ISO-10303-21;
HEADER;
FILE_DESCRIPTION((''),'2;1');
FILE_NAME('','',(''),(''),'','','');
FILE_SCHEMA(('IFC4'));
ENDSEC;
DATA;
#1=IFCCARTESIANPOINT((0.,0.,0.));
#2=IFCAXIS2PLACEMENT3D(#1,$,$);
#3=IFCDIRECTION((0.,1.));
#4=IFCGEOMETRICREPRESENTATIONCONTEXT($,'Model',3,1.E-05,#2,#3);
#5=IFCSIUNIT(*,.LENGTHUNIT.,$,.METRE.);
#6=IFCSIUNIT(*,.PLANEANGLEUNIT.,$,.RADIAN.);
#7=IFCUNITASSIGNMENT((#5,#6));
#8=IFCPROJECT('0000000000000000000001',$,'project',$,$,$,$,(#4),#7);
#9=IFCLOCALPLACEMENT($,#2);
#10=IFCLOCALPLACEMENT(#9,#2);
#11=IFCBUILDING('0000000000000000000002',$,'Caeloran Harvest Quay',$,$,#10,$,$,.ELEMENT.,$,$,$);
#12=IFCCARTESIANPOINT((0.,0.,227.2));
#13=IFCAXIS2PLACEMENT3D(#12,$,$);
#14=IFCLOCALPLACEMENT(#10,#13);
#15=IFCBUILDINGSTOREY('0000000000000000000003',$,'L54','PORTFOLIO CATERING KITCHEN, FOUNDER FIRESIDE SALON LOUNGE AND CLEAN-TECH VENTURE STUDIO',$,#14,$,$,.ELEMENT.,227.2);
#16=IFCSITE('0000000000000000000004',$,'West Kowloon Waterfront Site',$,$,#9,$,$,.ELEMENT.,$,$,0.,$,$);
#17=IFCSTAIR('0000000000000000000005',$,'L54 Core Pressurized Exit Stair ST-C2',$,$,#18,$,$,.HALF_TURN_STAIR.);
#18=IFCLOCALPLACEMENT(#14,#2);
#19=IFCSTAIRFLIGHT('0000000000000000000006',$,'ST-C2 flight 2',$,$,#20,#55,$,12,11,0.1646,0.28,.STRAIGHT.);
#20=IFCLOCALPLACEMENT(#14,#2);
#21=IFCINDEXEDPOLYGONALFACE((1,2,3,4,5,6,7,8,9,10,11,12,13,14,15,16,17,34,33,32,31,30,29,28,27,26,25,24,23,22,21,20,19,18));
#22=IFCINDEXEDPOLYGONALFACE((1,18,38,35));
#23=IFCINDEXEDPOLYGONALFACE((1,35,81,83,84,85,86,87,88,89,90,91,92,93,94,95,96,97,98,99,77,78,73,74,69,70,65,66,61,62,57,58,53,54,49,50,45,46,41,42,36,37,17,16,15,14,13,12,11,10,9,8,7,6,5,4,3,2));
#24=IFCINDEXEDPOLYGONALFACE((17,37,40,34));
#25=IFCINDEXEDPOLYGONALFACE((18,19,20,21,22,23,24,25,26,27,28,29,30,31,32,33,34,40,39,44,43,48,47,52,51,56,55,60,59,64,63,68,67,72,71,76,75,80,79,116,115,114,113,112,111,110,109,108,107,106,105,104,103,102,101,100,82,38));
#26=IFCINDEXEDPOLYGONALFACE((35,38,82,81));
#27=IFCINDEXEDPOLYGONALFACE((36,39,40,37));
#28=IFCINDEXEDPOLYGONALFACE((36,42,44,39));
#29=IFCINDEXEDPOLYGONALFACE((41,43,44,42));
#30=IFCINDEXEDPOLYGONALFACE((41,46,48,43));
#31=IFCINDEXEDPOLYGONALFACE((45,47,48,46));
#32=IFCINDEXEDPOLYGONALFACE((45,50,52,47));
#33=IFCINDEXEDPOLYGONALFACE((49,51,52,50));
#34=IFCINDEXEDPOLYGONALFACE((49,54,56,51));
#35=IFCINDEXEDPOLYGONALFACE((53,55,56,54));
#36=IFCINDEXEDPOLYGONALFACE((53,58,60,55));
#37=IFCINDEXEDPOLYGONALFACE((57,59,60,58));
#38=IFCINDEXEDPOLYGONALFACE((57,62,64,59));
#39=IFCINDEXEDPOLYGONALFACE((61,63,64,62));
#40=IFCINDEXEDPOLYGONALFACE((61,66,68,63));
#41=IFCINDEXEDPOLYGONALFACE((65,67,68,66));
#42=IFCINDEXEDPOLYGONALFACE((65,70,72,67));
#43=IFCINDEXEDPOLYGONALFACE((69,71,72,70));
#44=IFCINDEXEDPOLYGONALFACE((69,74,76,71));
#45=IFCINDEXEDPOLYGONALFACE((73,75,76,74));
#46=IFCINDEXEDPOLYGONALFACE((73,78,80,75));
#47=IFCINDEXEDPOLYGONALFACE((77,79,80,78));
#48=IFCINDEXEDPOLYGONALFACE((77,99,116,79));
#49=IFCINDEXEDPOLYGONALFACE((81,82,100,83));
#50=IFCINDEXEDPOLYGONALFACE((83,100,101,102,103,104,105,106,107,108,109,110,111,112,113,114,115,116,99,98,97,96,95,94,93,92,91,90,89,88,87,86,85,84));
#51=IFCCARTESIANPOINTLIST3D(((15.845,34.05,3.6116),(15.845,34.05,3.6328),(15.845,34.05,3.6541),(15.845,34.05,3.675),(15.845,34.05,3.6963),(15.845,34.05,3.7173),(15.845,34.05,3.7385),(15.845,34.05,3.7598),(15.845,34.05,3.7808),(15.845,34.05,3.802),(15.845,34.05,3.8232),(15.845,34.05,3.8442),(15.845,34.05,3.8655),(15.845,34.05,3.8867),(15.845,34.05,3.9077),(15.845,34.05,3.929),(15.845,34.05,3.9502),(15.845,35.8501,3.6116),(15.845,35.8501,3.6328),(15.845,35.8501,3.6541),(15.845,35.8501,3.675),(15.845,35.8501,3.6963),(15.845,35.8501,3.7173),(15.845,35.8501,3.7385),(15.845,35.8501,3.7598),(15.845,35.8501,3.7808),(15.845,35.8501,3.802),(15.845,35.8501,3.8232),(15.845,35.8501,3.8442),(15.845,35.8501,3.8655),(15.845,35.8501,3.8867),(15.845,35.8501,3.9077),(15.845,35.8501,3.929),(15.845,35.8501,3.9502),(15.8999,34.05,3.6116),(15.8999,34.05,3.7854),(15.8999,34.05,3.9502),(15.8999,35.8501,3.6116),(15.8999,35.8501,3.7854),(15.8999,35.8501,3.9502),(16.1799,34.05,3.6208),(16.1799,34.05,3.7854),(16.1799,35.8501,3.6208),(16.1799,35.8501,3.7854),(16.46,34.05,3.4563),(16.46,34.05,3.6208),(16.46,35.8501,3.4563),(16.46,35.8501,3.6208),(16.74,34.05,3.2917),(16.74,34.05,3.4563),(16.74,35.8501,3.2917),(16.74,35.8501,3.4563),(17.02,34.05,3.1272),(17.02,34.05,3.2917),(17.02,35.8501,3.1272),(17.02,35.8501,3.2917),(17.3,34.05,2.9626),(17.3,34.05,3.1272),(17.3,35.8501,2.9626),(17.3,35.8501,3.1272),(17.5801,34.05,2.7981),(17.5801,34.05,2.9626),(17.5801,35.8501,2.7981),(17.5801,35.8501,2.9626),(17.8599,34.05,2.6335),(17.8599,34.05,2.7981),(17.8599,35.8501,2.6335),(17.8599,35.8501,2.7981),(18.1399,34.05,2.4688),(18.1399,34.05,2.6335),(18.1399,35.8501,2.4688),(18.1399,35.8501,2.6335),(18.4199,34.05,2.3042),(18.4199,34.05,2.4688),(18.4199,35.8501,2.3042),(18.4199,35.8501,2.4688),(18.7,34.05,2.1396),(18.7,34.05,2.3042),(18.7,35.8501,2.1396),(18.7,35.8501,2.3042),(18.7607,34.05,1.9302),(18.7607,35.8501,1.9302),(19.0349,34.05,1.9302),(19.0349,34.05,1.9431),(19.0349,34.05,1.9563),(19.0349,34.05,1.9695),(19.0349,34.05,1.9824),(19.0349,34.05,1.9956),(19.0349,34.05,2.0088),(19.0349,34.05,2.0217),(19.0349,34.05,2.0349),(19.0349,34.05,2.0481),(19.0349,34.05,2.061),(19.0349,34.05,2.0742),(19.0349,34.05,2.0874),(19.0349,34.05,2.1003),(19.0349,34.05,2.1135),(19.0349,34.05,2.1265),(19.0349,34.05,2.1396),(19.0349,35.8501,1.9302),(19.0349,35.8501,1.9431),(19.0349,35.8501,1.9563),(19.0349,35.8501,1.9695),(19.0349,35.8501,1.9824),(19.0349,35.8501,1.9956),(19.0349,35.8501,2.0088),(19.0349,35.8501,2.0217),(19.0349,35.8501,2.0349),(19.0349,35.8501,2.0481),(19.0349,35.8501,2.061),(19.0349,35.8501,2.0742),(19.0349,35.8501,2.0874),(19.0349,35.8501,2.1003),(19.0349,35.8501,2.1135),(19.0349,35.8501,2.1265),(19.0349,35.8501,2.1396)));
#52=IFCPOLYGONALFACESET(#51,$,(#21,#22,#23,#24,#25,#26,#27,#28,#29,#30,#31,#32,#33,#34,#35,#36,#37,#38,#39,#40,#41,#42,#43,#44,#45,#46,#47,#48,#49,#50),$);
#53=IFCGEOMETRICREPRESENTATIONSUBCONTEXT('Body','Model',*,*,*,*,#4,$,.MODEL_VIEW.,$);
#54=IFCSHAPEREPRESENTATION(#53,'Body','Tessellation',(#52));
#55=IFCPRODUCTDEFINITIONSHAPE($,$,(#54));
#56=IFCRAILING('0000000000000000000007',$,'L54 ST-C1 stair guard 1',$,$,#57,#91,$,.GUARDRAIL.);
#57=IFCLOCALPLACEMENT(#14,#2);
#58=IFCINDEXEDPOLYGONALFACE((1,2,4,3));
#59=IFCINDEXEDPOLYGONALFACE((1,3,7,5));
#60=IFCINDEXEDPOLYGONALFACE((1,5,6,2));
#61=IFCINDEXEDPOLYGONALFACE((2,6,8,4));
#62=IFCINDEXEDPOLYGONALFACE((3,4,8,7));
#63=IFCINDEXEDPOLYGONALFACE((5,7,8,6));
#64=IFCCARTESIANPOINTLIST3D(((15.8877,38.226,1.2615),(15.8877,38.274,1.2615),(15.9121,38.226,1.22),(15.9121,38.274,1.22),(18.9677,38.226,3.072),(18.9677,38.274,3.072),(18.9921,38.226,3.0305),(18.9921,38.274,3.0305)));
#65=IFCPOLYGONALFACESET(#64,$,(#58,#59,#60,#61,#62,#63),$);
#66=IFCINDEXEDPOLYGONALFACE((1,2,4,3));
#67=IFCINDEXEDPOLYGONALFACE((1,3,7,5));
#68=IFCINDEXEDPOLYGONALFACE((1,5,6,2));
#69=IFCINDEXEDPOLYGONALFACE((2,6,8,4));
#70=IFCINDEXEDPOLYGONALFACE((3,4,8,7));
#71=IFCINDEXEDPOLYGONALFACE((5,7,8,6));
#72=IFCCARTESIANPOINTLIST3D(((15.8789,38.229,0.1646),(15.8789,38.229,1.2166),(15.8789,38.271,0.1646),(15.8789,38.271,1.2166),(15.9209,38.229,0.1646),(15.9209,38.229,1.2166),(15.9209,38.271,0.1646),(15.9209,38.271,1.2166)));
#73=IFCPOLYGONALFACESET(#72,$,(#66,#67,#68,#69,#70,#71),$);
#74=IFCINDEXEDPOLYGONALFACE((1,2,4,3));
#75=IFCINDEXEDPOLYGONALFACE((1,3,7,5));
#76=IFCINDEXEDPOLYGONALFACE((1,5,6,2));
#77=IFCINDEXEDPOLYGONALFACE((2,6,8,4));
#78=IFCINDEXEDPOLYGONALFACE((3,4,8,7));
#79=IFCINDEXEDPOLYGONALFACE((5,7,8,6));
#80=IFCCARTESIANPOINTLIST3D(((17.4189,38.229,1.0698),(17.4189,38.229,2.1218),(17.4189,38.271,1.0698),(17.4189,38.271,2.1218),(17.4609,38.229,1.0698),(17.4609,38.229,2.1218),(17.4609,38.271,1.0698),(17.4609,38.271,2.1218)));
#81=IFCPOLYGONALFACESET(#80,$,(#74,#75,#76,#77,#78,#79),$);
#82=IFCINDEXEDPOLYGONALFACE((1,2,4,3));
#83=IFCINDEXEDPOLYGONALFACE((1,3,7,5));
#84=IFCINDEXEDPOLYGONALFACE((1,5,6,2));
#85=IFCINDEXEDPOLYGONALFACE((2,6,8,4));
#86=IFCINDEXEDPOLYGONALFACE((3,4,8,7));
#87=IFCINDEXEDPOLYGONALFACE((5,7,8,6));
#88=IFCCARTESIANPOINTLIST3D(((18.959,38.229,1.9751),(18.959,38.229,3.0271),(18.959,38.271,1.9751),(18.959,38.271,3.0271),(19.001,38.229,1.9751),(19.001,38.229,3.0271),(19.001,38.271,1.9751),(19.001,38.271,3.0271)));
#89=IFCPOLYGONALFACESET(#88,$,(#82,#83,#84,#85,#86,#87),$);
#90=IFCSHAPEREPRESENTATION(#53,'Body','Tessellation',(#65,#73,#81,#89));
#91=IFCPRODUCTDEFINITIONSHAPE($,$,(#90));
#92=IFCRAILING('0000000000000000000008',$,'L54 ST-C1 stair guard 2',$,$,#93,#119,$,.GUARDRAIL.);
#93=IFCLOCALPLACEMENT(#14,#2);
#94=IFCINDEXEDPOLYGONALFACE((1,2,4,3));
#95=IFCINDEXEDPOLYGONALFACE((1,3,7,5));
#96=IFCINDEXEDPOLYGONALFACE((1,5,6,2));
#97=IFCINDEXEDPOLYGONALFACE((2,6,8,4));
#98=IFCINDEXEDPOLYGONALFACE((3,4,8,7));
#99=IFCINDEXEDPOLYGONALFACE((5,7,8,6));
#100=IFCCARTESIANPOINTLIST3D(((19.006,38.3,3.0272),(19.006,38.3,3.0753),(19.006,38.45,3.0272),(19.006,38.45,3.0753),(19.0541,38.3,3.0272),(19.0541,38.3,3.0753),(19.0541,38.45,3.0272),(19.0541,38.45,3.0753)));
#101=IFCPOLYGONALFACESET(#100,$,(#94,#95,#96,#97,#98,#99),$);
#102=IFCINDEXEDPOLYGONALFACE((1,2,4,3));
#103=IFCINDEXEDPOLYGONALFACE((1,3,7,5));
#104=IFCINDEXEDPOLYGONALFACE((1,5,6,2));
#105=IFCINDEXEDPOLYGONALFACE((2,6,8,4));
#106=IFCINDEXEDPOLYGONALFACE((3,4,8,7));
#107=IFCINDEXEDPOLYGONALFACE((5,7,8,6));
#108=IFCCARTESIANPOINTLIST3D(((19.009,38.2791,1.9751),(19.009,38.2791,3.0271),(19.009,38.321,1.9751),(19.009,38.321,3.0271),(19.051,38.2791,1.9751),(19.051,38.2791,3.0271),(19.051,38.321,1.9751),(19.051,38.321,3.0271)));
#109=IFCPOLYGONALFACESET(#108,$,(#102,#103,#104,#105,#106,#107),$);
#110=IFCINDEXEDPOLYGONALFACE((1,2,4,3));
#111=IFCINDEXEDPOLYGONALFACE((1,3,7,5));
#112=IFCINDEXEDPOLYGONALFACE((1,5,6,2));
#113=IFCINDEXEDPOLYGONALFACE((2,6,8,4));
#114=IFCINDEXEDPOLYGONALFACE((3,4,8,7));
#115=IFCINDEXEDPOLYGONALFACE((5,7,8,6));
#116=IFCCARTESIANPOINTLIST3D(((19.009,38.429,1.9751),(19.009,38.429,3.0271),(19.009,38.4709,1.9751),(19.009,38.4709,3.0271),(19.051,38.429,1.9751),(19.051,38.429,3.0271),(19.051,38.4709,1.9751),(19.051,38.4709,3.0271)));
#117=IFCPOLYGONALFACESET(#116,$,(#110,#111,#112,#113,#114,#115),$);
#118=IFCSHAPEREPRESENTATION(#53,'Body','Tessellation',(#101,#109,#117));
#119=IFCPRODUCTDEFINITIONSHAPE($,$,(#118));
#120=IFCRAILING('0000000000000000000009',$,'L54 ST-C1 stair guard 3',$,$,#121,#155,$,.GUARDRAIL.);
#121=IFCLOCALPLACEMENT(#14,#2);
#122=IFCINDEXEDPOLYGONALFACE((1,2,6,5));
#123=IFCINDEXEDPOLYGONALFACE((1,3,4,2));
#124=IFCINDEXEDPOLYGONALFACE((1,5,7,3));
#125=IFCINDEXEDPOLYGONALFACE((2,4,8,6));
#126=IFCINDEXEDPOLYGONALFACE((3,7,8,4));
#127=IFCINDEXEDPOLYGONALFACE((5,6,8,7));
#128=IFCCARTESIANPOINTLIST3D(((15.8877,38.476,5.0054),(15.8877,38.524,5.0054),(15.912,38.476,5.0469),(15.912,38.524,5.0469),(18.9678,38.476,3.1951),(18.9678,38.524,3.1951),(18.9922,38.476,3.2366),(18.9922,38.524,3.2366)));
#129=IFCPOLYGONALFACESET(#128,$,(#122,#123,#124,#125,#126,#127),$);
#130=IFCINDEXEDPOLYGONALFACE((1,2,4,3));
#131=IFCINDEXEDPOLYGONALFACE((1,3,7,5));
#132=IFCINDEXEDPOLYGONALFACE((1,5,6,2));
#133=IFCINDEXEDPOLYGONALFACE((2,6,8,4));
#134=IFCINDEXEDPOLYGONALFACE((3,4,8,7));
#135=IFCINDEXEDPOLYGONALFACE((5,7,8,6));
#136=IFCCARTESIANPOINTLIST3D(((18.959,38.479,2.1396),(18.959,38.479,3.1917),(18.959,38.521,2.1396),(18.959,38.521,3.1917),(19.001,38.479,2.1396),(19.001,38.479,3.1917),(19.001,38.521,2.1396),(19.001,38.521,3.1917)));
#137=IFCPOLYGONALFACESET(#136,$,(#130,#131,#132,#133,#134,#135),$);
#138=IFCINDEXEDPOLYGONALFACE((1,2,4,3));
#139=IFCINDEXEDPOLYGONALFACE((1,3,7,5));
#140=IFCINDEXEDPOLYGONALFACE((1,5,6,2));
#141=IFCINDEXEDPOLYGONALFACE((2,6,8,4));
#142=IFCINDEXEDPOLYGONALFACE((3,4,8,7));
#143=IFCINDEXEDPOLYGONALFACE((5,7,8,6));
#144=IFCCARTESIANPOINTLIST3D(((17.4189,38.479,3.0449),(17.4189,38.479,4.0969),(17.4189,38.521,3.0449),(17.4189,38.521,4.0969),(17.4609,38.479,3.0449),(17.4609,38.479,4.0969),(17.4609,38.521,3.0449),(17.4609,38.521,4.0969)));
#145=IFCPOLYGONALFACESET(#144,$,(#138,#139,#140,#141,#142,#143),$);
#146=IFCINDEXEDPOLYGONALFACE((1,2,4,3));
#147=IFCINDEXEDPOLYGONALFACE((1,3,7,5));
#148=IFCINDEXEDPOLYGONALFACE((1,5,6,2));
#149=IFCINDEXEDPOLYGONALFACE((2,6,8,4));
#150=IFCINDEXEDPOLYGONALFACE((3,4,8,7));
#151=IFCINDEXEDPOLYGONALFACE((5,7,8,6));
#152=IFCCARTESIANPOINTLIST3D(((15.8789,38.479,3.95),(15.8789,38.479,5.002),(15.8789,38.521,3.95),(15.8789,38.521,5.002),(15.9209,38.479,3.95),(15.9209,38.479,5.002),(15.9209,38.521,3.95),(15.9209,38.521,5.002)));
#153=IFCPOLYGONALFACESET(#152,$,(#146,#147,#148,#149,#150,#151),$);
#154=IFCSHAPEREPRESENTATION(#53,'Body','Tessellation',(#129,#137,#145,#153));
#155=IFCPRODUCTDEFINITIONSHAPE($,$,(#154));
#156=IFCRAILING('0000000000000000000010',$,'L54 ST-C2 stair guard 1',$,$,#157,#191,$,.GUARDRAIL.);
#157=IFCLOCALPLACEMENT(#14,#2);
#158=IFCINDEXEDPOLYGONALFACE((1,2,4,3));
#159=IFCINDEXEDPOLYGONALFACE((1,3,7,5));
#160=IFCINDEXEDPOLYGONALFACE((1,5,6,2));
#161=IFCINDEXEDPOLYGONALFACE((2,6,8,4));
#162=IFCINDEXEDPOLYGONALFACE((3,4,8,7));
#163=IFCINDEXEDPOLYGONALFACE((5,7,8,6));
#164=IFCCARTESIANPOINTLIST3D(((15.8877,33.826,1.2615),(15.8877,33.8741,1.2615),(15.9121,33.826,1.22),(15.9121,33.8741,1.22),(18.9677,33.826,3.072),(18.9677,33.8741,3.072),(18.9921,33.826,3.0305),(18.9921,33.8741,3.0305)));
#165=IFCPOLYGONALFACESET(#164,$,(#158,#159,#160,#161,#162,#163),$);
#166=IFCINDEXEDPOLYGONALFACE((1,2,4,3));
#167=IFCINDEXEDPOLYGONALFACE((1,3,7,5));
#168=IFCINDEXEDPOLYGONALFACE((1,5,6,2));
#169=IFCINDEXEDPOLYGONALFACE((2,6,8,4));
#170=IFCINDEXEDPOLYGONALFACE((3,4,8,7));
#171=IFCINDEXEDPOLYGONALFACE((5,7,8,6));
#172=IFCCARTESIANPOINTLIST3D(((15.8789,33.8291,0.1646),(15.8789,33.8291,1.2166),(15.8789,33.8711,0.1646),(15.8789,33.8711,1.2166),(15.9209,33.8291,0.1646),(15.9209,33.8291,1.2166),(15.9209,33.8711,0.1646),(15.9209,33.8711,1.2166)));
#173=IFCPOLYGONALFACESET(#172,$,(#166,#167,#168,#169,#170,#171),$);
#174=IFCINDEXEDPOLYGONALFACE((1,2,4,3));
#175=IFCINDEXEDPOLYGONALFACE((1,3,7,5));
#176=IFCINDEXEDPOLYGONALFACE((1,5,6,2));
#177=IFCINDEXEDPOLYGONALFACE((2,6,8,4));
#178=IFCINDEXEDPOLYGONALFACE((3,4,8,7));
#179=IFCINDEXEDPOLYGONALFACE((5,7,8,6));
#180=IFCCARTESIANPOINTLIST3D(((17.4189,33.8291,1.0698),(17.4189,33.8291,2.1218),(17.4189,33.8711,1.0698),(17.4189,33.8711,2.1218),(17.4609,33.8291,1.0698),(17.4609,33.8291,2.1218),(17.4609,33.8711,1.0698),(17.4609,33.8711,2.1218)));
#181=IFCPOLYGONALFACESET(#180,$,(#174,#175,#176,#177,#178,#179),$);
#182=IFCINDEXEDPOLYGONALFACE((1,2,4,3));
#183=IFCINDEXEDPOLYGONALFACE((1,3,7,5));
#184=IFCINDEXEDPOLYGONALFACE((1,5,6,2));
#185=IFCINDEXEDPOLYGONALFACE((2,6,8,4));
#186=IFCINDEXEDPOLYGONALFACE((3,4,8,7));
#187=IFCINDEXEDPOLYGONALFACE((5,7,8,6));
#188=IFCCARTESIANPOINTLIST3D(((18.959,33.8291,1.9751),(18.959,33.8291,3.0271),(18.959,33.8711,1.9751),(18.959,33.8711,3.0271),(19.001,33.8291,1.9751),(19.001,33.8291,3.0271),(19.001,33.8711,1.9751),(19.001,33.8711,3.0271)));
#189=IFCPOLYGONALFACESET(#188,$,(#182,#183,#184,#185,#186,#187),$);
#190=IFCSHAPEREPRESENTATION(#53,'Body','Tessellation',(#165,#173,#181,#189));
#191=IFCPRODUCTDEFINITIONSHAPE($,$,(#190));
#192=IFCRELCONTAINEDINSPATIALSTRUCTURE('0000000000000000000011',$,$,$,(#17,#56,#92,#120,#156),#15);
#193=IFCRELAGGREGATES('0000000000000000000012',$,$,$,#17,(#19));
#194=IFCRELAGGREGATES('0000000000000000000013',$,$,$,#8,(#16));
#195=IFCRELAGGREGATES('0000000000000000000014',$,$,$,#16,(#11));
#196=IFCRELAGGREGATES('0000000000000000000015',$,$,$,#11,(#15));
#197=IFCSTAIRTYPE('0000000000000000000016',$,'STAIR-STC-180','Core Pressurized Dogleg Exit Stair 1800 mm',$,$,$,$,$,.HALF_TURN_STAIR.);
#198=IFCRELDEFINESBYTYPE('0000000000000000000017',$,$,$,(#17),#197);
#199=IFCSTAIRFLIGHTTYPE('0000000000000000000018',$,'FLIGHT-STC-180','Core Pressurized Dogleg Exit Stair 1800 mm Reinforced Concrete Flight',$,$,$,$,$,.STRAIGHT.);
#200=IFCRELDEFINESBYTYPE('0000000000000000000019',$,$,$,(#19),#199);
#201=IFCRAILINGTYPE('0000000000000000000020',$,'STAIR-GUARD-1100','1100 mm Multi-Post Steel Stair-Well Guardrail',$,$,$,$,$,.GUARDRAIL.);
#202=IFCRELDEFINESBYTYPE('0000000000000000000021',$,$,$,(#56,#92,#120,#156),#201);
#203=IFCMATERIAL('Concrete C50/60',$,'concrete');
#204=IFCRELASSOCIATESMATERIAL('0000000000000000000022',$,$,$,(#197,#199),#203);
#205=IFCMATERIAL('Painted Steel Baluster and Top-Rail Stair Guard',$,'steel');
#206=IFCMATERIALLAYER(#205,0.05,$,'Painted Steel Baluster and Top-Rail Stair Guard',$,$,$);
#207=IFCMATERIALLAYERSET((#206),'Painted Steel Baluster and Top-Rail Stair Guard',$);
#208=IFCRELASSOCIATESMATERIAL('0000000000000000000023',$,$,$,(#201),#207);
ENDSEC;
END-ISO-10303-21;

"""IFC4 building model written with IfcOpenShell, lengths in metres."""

from ifc_helpers import new_model, si_unit, direction, frame, origin, origin_2d, place, context, subcontext, project, spatial, polyline, rectangle, outline, extrude, material, layer, layer_set, type_object, element, aggregate, save


model = new_model("IFC4")

# Units and contexts
model_context = context("Model", 3, precision=1e-05, world=origin(), true_north=direction((0.0, 1.0)))
body_context = subcontext(model_context, "Body", "Model", "MODEL_VIEW")
ifc_project = project(units=[si_unit("LENGTHUNIT", "METRE"), si_unit("PLANEANGLEUNIT", "RADIAN")], contexts=[model_context])

# Site, building, storey
site_placement = place(None, origin())
site = spatial("IfcSite", under=ifc_project, at=site_placement, Name="West Kowloon Waterfront Site", CompositionType="ELEMENT", RefElevation=0.0)
building_placement = place(site_placement, origin())
building = spatial("IfcBuilding", under=site, at=building_placement, Name="Caeloran Harvest Quay", CompositionType="ELEMENT")
storey_placement = place(building_placement, frame((0.0, 0.0, 227.2)))
storey = spatial("IfcBuildingStorey", under=building, at=storey_placement, Name="L54", Description="PORTFOLIO CATERING KITCHEN, FOUNDER FIRESIDE SALON LOUNGE AND CLEAN-TECH VENTURE STUDIO", CompositionType="ELEMENT", Elevation=227.2)

# Shared definitions
ifc_material_1 = material(Name="Concrete C50/60", Category="concrete")

# Stair, stair flight
stair_type = type_object("IfcStairType", Name="STAIR-STC-180", Description="Core Pressurized Dogleg Exit Stair 1800 mm", PredefinedType="HALF_TURN_STAIR", material=ifc_material_1)
stair_flight_type = type_object("IfcStairFlightType", Name="FLIGHT-STC-180", Description="Core Pressurized Dogleg Exit Stair 1800 mm Reinforced Concrete Flight", PredefinedType="STRAIGHT", material=ifc_material_1)
stair_1_placement = place(storey_placement, origin())
stair_1 = element("IfcStair", 1, at=stair_1_placement, inside=storey, type_object=stair_type, Name="L54 Core Pressurized Exit Stair ST-C2", PredefinedType="HALF_TURN_STAIR")
stair_flight_1_placement = place(storey_placement, frame((18.98, 34.95, 1.9751), z_axis=(0.0, 0.0, 1.0), x_axis=(-1.0, 0.0, 0.0)))
stair_flight_1 = element("IfcStairFlight", 2, at=stair_flight_1_placement, type_object=stair_flight_type, Name="ST-C2 flight 2", NumberOfRisers=12, NumberOfTreads=11, PredefinedType="STRAIGHT", RiserHeight=0.1646, TreadLength=0.28, context=body_context, shape_type="SweptSolid", body=[
    extrude(outline(polyline([(-0.0549, -0.0449), (-0.0549, -0.032), (-0.0549, -0.0188), (-0.0549, -0.0056), (-0.0549, 0.0073), (-0.0549, 0.0205), (-0.0549, 0.0337), (-0.0549, 0.0466), (-0.0549, 0.0598), (-0.0549, 0.073), (-0.0549, 0.0859), (-0.0549, 0.0991), (-0.0549, 0.1123), (-0.0549, 0.1252), (-0.0549, 0.1384), (-0.0549, 0.1514), (-0.0549, 0.1646), (0.28, 0.1646), (0.28, 0.3291), (0.5601, 0.3291), (0.5601, 0.4937), (0.8401, 0.4937), (0.8401, 0.6584), (1.1201, 0.6584), (1.1201, 0.823), (1.3999, 0.823), (1.3999, 0.9875), (1.6799, 0.9875), (1.6799, 1.1521), (1.96, 1.1521), (1.96, 1.3167), (2.24, 1.3167), (2.24, 1.4812), (2.52, 1.4812), (2.52, 1.6458), (2.8, 1.6458), (2.8, 1.8103), (3.0801, 1.8103), (3.0801, 1.9751), (3.135, 1.9751), (3.135, 1.9539), (3.135, 1.9326), (3.135, 1.9116), (3.135, 1.8904), (3.135, 1.8691), (3.135, 1.8481), (3.135, 1.8269), (3.135, 1.8057), (3.135, 1.7847), (3.135, 1.7634), (3.135, 1.7422), (3.135, 1.7212), (3.135, 1.7), (3.135, 1.679), (3.135, 1.6577), (3.135, 1.6365), (3.0801, 1.6365), (0.2192, -0.0449), (-0.0549, -0.0449)])), frame((0.0, 0.8999, 0.0), z_axis=(0.0, -1.0, 0.0), x_axis=(1.0, 0.0, 0.0)), (0.0, 0.0, 1.0), 1.8),
])
aggregate(stair_1, [stair_flight_1])

# Railings
ifc_material_2 = material(Name="Painted Steel Baluster and Top-Rail Stair Guard", Category="steel")
ifc_layer_1 = layer(ifc_material_2, 0.05, Name="Painted Steel Baluster and Top-Rail Stair Guard")
ifc_layer_set_1 = layer_set([ifc_layer_1], Name="Painted Steel Baluster and Top-Rail Stair Guard")
railing_type_1 = type_object("IfcRailingType", Name="STAIR-GUARD-1100", Description="1100 mm Multi-Post Steel Stair-Well Guardrail", PredefinedType="GUARDRAIL", material=ifc_layer_set_1)
railing_1_placement = place(storey_placement, frame((15.8999, 38.25, 0.1646)))
element("IfcRailing", 3, at=railing_1_placement, inside=storey, type_object=railing_type_1, Name="L54 ST-C1 stair guard 1", PredefinedType="GUARDRAIL", context=body_context, shape_type="SweptSolid", body=[
    extrude(rectangle(XDim=0.0481, YDim=0.0481, at=origin_2d()), frame((0.0, 0.0, 1.0762), z_axis=(0.862089, 0.0, 0.506757), x_axis=(0.0, 1.0, 0.0)), (0.0, 0.0, 1.0), 3.5728),
    extrude(rectangle(XDim=0.042, YDim=0.042, at=origin_2d()), origin(), (0.0, 0.0, 1.0), 1.052),
    extrude(rectangle(XDim=0.042, YDim=0.042, at=origin_2d()), frame((1.54, 0.0, 0.9053)), (0.0, 0.0, 1.0), 1.052),
    extrude(rectangle(XDim=0.042, YDim=0.042, at=origin_2d()), frame((3.0801, 0.0, 1.8105)), (0.0, 0.0, 1.0), 1.052),
])
railing_2_placement = place(storey_placement, frame((19.03, 38.3, 1.9751)))
element("IfcRailing", 4, at=railing_2_placement, inside=storey, type_object=railing_type_1, Name="L54 ST-C1 stair guard 2", PredefinedType="GUARDRAIL", context=body_context, shape_type="SweptSolid", body=[
    extrude(rectangle(XDim=0.0481, YDim=0.0481, at=origin_2d()), frame((0.0, 0.0, 1.0762), z_axis=(0.0, 1.0, 0.0), x_axis=(-1.0, 0.0, 0.0)), (0.0, 0.0, 1.0), 0.1499),
    extrude(rectangle(XDim=0.042, YDim=0.042, at=origin_2d()), origin(), (0.0, 0.0, 1.0), 1.052),
    extrude(rectangle(XDim=0.042, YDim=0.042, at=origin_2d()), frame((0.0, 0.1499, 0.0)), (0.0, 0.0, 1.0), 1.052),
])
railing_3_placement = place(storey_placement, frame((18.98, 38.5, 2.1396)))
element("IfcRailing", 5, at=railing_3_placement, inside=storey, type_object=railing_type_1, Name="L54 ST-C1 stair guard 3", PredefinedType="GUARDRAIL", context=body_context, shape_type="SweptSolid", body=[
    extrude(rectangle(XDim=0.0481, YDim=0.0481, at=origin_2d()), frame((0.0, 0.0, 1.0762), z_axis=(-0.862119, 0.0, 0.506707), x_axis=(0.0, -1.0, 0.0)), (0.0, 0.0, 1.0), 3.5728),
    extrude(rectangle(XDim=0.042, YDim=0.042, at=origin_2d()), origin(), (0.0, 0.0, 1.0), 1.052),
    extrude(rectangle(XDim=0.042, YDim=0.042, at=origin_2d()), frame((-1.54, 0.0, 0.9053)), (0.0, 0.0, 1.0), 1.052),
    extrude(rectangle(XDim=0.042, YDim=0.042, at=origin_2d()), frame((-3.0801, 0.0, 1.8103)), (0.0, 0.0, 1.0), 1.052),
])
railing_4_placement = place(storey_placement, frame((15.8999, 33.8501, 0.1646)))
element("IfcRailing", 6, at=railing_4_placement, inside=storey, type_object=railing_type_1, Name="L54 ST-C2 stair guard 1", PredefinedType="GUARDRAIL", context=body_context, shape_type="SweptSolid", body=[
    extrude(rectangle(XDim=0.0481, YDim=0.0481, at=origin_2d()), frame((0.0, 0.0, 1.0762), z_axis=(0.862089, 0.0, 0.506757), x_axis=(0.0, 1.0, 0.0)), (0.0, 0.0, 1.0), 3.5728),
    extrude(rectangle(XDim=0.042, YDim=0.042, at=origin_2d()), origin(), (0.0, 0.0, 1.0), 1.052),
    extrude(rectangle(XDim=0.042, YDim=0.042, at=origin_2d()), frame((1.54, 0.0, 0.9053)), (0.0, 0.0, 1.0), 1.052),
    extrude(rectangle(XDim=0.042, YDim=0.042, at=origin_2d()), frame((3.0801, 0.0, 1.8105)), (0.0, 0.0, 1.0), 1.052),
])

save(model, "model.ifc")
